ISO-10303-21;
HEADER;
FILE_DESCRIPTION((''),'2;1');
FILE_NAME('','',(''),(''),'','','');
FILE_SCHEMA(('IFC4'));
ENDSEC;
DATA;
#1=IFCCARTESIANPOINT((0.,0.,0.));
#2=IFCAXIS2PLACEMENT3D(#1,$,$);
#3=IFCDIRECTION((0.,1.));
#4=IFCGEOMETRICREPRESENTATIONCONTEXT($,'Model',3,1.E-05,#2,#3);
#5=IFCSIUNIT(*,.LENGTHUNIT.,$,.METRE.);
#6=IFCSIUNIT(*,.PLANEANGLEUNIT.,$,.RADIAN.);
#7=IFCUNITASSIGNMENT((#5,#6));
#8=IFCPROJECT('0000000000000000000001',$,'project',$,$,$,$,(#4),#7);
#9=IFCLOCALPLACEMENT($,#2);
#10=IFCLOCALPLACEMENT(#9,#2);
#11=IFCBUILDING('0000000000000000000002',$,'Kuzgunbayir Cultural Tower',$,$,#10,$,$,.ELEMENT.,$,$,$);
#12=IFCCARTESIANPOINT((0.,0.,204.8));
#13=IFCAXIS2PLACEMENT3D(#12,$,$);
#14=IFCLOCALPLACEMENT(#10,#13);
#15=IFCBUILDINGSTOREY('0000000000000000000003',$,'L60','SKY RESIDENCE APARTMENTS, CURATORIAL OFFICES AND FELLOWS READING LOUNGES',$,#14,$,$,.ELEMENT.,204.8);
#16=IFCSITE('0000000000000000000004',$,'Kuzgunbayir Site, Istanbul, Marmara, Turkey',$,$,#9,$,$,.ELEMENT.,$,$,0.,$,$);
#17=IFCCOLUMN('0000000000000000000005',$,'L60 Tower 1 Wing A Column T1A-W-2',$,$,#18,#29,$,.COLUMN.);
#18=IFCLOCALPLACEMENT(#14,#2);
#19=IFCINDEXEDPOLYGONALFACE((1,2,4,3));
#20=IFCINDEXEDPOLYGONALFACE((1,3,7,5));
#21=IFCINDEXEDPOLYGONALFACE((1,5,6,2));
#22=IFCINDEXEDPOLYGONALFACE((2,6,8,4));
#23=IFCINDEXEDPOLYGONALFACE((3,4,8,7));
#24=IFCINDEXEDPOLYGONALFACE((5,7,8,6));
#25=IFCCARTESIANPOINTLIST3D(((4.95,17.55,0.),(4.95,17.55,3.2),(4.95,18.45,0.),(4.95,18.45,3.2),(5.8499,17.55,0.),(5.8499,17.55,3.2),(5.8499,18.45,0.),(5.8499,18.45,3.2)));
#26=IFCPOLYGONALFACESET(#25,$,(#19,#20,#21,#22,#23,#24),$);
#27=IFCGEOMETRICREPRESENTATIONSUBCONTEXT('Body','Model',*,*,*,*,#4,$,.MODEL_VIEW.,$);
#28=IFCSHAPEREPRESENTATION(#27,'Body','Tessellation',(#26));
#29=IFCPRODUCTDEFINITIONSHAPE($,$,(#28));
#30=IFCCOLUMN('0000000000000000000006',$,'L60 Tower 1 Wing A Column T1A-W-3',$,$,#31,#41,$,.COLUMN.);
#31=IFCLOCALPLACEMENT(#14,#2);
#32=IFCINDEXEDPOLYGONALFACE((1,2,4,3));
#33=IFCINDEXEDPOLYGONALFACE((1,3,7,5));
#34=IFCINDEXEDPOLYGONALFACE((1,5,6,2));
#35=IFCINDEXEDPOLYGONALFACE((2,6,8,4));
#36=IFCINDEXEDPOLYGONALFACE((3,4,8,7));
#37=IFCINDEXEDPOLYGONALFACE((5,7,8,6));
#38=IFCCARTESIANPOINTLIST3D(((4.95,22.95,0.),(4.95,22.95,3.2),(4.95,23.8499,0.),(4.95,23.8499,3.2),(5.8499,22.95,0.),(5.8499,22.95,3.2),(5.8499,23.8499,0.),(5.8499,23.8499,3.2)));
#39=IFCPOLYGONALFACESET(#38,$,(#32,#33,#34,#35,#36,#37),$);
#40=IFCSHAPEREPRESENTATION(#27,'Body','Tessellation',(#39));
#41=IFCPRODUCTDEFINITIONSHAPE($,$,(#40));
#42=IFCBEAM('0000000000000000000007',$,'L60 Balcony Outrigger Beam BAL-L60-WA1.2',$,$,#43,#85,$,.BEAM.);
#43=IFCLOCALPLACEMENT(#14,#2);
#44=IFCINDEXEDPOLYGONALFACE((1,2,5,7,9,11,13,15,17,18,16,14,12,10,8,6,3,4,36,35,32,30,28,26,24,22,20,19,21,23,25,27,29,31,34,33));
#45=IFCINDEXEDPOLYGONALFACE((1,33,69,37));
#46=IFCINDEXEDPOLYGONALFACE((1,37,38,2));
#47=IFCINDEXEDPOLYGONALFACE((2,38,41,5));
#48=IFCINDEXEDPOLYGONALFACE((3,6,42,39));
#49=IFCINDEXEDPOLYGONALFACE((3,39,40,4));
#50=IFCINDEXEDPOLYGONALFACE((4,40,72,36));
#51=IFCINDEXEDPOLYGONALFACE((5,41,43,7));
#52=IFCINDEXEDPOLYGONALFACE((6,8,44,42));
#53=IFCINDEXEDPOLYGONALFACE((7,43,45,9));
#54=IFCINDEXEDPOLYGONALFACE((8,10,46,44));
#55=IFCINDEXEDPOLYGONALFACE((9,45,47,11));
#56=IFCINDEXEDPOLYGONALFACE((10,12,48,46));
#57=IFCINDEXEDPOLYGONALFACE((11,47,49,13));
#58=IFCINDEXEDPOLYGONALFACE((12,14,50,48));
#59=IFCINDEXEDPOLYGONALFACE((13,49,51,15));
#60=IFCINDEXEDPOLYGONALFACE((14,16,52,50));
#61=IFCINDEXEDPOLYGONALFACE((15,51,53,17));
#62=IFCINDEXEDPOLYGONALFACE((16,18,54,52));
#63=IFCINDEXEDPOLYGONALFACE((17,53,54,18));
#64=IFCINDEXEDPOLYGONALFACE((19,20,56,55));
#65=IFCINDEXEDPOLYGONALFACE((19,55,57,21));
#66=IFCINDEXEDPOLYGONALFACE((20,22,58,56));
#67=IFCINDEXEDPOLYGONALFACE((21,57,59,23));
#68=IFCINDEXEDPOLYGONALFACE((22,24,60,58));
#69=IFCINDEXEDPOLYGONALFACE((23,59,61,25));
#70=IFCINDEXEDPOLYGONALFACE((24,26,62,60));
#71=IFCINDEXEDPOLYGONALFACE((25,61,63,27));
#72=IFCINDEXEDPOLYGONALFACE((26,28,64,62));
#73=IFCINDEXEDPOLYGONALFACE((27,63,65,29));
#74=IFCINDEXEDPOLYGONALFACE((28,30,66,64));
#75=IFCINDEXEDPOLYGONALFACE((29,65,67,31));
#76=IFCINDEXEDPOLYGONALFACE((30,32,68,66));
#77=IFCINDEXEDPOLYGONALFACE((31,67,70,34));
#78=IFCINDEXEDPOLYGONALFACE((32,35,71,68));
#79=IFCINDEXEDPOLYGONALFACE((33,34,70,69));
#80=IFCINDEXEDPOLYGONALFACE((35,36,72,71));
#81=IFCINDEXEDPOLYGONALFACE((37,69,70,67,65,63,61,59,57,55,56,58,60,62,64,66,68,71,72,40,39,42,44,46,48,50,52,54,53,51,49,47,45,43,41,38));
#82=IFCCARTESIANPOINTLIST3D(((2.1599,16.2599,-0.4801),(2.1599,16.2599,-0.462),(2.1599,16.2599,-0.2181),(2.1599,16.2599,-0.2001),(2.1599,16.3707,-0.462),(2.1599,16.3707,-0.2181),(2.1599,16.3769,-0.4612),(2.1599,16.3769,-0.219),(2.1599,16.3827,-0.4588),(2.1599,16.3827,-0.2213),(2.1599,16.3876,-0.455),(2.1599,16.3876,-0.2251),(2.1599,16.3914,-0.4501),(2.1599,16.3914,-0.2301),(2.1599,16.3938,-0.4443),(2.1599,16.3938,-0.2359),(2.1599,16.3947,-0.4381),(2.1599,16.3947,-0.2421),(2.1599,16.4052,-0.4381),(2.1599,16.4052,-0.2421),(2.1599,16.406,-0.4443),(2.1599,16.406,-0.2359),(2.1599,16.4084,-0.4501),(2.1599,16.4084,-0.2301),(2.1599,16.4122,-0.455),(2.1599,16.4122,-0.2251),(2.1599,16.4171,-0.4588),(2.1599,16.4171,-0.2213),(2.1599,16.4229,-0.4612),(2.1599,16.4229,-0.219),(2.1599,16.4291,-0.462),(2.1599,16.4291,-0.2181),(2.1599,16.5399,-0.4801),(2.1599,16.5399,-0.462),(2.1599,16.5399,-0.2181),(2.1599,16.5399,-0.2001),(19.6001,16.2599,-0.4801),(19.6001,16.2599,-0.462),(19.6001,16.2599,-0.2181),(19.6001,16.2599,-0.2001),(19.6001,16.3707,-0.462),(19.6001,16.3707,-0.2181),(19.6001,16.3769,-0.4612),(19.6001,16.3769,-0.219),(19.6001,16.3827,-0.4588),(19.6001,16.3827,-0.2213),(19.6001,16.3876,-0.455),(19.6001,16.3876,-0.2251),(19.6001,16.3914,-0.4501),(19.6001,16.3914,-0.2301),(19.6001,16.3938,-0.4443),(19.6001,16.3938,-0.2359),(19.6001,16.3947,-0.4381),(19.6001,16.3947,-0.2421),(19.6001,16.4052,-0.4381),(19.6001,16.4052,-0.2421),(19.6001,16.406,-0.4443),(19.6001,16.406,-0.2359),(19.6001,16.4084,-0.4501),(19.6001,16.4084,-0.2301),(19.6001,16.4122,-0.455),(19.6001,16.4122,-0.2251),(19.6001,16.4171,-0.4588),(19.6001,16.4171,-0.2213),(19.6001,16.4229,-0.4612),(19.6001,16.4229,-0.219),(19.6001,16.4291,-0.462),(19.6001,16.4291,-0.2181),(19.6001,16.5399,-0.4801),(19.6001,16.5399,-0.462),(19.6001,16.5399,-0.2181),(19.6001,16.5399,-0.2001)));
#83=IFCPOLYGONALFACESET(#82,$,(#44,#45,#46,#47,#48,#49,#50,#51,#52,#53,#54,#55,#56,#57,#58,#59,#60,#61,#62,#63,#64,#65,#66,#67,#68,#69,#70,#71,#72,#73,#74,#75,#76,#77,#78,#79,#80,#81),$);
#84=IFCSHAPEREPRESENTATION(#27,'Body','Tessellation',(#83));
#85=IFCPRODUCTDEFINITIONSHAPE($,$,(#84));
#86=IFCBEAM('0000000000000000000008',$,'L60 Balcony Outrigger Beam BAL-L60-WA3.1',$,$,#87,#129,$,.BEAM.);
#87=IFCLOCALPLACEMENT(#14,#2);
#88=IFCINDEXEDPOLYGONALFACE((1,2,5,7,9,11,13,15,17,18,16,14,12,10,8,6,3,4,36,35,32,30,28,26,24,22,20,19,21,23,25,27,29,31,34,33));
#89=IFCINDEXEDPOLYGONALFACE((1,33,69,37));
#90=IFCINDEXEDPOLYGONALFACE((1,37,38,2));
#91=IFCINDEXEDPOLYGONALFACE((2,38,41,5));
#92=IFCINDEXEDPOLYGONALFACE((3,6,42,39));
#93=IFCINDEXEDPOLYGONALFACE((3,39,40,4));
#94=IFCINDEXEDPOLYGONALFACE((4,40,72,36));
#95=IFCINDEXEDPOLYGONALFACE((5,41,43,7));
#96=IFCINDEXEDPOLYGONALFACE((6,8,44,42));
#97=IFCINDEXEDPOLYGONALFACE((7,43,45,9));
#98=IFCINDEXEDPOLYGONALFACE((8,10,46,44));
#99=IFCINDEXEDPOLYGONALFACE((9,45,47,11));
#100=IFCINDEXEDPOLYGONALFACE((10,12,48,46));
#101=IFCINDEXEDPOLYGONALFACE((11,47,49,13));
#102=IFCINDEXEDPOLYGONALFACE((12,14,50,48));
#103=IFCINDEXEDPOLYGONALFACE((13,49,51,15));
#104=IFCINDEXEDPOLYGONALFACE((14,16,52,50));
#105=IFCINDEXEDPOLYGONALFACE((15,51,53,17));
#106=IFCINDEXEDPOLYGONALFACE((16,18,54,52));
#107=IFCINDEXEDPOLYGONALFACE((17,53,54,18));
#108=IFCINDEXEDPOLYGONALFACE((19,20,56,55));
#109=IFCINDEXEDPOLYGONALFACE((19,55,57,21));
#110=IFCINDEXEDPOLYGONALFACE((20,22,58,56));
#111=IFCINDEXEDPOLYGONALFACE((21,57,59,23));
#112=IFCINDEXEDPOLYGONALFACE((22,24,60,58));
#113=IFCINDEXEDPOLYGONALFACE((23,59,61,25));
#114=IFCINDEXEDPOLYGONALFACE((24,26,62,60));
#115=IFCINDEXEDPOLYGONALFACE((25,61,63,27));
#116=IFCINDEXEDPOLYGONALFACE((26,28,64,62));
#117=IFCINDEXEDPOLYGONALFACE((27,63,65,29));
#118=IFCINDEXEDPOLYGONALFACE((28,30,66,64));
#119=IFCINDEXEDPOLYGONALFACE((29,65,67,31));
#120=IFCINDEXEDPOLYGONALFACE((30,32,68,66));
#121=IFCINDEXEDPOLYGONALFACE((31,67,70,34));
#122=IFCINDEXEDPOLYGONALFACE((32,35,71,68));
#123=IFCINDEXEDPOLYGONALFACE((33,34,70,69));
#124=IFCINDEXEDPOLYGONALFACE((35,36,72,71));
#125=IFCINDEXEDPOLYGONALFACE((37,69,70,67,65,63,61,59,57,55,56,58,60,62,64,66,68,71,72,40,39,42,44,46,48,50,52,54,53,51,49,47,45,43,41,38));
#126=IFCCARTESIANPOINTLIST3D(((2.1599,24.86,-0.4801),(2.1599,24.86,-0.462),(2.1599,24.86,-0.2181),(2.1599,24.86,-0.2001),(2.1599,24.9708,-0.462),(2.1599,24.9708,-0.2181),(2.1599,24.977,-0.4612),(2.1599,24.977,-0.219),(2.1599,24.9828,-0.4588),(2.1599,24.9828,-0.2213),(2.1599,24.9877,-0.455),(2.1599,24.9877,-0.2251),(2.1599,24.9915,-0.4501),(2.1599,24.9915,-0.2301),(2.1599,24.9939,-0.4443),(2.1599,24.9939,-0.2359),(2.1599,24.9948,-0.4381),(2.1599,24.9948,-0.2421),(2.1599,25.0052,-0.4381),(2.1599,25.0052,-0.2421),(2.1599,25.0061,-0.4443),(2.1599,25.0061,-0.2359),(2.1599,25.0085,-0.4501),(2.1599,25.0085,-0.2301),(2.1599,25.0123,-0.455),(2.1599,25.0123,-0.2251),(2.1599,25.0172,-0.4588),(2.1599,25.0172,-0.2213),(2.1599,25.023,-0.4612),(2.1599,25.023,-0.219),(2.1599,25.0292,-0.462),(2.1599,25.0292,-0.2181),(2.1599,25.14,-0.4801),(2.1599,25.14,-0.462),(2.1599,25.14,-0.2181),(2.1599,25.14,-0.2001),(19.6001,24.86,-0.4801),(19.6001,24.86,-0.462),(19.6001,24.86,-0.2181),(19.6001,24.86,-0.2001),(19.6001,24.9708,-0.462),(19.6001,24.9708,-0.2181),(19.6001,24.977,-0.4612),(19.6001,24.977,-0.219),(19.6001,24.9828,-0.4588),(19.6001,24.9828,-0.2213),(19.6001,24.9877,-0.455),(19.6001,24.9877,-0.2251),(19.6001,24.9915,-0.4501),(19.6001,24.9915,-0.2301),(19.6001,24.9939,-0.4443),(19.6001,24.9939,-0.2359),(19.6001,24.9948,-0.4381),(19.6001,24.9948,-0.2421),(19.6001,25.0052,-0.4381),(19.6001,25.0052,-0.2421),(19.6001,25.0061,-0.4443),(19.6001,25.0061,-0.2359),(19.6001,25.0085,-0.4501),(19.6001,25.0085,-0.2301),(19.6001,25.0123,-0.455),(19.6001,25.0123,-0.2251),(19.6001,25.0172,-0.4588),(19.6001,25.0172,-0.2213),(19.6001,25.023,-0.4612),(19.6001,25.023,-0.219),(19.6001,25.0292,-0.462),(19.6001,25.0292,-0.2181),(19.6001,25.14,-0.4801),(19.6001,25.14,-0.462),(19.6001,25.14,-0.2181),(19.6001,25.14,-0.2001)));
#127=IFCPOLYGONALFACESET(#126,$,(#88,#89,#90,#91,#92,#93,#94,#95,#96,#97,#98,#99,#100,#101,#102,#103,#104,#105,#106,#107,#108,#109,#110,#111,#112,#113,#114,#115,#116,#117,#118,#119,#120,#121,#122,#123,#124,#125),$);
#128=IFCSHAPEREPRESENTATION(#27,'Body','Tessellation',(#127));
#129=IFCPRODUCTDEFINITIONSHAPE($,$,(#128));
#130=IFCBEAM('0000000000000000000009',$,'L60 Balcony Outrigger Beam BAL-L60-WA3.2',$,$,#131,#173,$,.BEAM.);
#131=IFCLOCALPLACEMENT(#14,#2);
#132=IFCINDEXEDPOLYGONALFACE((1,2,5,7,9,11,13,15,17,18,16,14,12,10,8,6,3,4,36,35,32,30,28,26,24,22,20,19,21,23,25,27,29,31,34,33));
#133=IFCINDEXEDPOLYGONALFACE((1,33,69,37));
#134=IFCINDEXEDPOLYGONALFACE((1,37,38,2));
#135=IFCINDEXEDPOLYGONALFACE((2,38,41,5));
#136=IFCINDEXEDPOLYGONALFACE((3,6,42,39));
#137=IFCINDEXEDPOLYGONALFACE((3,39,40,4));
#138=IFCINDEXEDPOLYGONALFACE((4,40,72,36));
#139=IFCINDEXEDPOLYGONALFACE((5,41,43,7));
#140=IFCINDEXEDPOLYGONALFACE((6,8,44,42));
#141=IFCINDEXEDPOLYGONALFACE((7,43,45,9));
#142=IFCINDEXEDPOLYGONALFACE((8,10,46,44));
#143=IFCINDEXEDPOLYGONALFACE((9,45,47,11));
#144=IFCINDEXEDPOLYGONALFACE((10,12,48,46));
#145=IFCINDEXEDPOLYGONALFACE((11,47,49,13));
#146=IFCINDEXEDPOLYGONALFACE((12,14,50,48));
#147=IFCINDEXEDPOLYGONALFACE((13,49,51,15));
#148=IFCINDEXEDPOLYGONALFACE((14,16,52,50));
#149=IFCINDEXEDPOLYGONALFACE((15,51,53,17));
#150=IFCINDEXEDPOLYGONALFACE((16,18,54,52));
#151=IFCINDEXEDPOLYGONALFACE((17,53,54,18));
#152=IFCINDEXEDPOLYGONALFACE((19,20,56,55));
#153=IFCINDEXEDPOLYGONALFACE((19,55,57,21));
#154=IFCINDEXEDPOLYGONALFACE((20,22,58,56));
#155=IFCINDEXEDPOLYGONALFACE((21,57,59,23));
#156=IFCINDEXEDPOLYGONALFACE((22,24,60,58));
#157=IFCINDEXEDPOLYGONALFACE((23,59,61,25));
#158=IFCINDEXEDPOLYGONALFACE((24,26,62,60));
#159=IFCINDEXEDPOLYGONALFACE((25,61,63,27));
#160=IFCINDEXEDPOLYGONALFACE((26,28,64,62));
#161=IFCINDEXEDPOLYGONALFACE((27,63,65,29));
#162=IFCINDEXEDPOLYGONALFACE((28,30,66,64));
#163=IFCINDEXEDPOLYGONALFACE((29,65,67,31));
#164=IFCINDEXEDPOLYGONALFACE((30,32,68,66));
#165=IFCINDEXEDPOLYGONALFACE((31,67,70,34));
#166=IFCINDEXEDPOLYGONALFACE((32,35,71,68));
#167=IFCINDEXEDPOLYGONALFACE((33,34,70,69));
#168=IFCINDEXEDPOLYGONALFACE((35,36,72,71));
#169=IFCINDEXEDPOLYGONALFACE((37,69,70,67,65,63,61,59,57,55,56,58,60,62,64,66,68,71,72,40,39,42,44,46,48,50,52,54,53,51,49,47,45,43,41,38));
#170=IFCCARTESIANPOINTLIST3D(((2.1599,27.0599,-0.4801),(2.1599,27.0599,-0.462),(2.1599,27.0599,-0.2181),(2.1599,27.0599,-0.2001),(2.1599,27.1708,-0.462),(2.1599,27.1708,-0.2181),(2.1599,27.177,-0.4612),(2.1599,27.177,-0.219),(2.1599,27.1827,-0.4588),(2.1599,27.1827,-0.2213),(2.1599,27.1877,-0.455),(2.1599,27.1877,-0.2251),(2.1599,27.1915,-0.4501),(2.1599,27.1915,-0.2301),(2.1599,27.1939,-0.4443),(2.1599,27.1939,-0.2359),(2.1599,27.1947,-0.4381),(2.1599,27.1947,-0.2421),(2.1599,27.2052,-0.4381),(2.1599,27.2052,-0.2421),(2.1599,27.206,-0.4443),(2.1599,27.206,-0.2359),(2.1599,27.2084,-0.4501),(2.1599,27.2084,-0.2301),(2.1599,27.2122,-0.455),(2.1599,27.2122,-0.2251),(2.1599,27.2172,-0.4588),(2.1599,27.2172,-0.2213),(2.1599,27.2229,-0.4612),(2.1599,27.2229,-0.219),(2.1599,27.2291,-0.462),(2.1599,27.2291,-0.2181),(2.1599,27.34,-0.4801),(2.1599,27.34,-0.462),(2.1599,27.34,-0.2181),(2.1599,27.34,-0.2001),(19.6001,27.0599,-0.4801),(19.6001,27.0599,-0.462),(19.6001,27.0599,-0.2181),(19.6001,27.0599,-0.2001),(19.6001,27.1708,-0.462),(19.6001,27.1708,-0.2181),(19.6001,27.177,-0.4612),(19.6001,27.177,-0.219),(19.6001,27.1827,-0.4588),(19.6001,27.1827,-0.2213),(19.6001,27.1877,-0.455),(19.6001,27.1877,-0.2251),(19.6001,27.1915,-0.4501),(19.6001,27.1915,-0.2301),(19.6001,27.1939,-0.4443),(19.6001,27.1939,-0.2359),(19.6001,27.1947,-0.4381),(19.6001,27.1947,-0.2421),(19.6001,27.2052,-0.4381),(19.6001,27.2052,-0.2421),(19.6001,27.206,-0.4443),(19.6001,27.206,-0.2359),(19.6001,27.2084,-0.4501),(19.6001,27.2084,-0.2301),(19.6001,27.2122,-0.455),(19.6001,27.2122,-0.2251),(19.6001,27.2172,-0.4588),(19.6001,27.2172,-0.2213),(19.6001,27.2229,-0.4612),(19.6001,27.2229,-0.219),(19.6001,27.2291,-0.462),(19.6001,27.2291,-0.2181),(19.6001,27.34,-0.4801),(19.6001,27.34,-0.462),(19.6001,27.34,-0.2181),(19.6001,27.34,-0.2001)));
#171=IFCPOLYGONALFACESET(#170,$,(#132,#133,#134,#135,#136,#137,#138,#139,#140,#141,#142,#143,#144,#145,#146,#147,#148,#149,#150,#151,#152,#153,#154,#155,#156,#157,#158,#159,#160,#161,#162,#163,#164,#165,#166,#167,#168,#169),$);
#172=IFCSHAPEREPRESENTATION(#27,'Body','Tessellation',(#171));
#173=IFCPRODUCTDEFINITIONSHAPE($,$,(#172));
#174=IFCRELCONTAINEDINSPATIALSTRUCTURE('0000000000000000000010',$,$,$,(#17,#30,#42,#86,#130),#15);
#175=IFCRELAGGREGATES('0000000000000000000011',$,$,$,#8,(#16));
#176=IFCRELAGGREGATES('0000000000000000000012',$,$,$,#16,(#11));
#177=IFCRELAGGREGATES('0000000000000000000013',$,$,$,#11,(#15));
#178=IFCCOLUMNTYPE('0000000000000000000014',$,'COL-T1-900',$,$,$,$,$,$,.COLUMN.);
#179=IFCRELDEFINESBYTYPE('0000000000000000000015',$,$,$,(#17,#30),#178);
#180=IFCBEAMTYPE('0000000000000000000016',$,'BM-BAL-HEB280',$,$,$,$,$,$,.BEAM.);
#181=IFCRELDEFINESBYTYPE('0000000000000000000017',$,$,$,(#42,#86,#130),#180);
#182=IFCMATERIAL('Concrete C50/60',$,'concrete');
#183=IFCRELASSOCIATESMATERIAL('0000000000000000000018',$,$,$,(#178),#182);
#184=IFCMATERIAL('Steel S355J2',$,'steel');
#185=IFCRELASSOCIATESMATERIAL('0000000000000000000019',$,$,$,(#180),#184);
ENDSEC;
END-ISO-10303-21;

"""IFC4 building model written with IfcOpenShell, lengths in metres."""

from ifc_helpers import new_model, si_unit, direction, frame, origin, origin_2d, place, context, subcontext, project, spatial, rectangle, i_section, extrude, material, material_profile, profile_set, type_object, element, save


model = new_model("IFC4")

# Units and contexts
model_context = context("Model", 3, precision=1e-05, world=origin(), true_north=direction((0.0, 1.0)))
body_context = subcontext(model_context, "Body", "Model", "MODEL_VIEW")
ifc_project = project(units=[si_unit("LENGTHUNIT", "METRE"), si_unit("PLANEANGLEUNIT", "RADIAN")], contexts=[model_context])

# Site, building, storey
site_placement = place(None, origin())
site = spatial("IfcSite", under=ifc_project, at=site_placement, Name="Kuzgunbayir Site, Istanbul, Marmara, Turkey", CompositionType="ELEMENT", RefElevation=0.0)
building_placement = place(site_placement, origin())
building = spatial("IfcBuilding", under=site, at=building_placement, Name="Kuzgunbayir Cultural Tower", CompositionType="ELEMENT")
storey_placement = place(building_placement, frame((0.0, 0.0, 204.8)))
storey = spatial("IfcBuildingStorey", under=building, at=storey_placement, Name="L60", Description="SKY RESIDENCE APARTMENTS, CURATORIAL OFFICES AND FELLOWS READING LOUNGES", CompositionType="ELEMENT", Elevation=204.8)

# Columns
ifc_material_1 = material(Name="Concrete C50/60", Category="concrete")
ifc_material_profile_1 = material_profile(ifc_material_1, rectangle(XDim=0.8999, YDim=0.8999, at=origin_2d()), Name="RC 900x900")
ifc_profile_set_1 = profile_set([ifc_material_profile_1], Name="Concrete C50/60")
column_type = type_object("IfcColumnType", Name="COL-T1-900", PredefinedType="COLUMN", material=ifc_profile_set_1)
for number, where, z_axis, x_axis, name in (
    (1, (5.3999, 18.0, 0.0), (0.0, 0.0, 1.0), (1.0, 0.0, 0.0), "L60 Tower 1 Wing A Column T1A-W-2"),
    (2, (5.3999, 23.3999, 0.0), (0.0, 0.0, 1.0), (1.0, 0.0, 0.0), "L60 Tower 1 Wing A Column T1A-W-3"),
):
    element("IfcColumn", number, at=place(storey_placement, frame(where, z_axis=z_axis, x_axis=x_axis)), inside=storey, type_object=column_type, Name=name, PredefinedType="COLUMN", context=body_context, shape_type="SweptSolid", body=[
        extrude(rectangle(XDim=0.8999, YDim=0.8999, at=origin_2d()), origin(), (0.0, 0.0, 1.0), 3.2),
    ])

# Beams
ifc_material_2 = material(Name="Steel S355J2", Category="steel")
ifc_material_profile_2 = material_profile(ifc_material_2, i_section(OverallWidth=0.28, OverallDepth=0.28, WebThickness=0.0105, FlangeThickness=0.0181, FilletRadius=0.0239, at=origin_2d()), Name="HEB 280")
ifc_profile_set_2 = profile_set([ifc_material_profile_2], Name="Steel S355J2")
beam_type_1 = type_object("IfcBeamType", Name="BM-BAL-HEB280", PredefinedType="BEAM", material=ifc_profile_set_2)
for number, where, z_axis, x_axis, name in (
    (3, (2.1599, 16.3999, -0.3401), (1.0, 0.0, 0.0), (0.0, 1.0, 0.0), "L60 Balcony Outrigger Beam BAL-L60-WA1.2"),
    (4, (2.1599, 25.0, -0.3401), (1.0, 0.0, 0.0), (0.0, 1.0, 0.0), "L60 Balcony Outrigger Beam BAL-L60-WA3.1"),
    (5, (2.1599, 27.2, -0.3401), (1.0, 0.0, 0.0), (0.0, 1.0, 0.0), "L60 Balcony Outrigger Beam BAL-L60-WA3.2"),
):
    element("IfcBeam", number, at=place(storey_placement, frame(where, z_axis=z_axis, x_axis=x_axis)), inside=storey, type_object=beam_type_1, Name=name, PredefinedType="BEAM", context=body_context, shape_type="SweptSolid", body=[
        extrude(i_section(OverallWidth=0.28, OverallDepth=0.28, WebThickness=0.0105, FlangeThickness=0.0181, FilletRadius=0.0239, at=origin_2d()), origin(), (0.0, 0.0, 1.0), 17.4402),
    ])

save(model, "model.ifc")
